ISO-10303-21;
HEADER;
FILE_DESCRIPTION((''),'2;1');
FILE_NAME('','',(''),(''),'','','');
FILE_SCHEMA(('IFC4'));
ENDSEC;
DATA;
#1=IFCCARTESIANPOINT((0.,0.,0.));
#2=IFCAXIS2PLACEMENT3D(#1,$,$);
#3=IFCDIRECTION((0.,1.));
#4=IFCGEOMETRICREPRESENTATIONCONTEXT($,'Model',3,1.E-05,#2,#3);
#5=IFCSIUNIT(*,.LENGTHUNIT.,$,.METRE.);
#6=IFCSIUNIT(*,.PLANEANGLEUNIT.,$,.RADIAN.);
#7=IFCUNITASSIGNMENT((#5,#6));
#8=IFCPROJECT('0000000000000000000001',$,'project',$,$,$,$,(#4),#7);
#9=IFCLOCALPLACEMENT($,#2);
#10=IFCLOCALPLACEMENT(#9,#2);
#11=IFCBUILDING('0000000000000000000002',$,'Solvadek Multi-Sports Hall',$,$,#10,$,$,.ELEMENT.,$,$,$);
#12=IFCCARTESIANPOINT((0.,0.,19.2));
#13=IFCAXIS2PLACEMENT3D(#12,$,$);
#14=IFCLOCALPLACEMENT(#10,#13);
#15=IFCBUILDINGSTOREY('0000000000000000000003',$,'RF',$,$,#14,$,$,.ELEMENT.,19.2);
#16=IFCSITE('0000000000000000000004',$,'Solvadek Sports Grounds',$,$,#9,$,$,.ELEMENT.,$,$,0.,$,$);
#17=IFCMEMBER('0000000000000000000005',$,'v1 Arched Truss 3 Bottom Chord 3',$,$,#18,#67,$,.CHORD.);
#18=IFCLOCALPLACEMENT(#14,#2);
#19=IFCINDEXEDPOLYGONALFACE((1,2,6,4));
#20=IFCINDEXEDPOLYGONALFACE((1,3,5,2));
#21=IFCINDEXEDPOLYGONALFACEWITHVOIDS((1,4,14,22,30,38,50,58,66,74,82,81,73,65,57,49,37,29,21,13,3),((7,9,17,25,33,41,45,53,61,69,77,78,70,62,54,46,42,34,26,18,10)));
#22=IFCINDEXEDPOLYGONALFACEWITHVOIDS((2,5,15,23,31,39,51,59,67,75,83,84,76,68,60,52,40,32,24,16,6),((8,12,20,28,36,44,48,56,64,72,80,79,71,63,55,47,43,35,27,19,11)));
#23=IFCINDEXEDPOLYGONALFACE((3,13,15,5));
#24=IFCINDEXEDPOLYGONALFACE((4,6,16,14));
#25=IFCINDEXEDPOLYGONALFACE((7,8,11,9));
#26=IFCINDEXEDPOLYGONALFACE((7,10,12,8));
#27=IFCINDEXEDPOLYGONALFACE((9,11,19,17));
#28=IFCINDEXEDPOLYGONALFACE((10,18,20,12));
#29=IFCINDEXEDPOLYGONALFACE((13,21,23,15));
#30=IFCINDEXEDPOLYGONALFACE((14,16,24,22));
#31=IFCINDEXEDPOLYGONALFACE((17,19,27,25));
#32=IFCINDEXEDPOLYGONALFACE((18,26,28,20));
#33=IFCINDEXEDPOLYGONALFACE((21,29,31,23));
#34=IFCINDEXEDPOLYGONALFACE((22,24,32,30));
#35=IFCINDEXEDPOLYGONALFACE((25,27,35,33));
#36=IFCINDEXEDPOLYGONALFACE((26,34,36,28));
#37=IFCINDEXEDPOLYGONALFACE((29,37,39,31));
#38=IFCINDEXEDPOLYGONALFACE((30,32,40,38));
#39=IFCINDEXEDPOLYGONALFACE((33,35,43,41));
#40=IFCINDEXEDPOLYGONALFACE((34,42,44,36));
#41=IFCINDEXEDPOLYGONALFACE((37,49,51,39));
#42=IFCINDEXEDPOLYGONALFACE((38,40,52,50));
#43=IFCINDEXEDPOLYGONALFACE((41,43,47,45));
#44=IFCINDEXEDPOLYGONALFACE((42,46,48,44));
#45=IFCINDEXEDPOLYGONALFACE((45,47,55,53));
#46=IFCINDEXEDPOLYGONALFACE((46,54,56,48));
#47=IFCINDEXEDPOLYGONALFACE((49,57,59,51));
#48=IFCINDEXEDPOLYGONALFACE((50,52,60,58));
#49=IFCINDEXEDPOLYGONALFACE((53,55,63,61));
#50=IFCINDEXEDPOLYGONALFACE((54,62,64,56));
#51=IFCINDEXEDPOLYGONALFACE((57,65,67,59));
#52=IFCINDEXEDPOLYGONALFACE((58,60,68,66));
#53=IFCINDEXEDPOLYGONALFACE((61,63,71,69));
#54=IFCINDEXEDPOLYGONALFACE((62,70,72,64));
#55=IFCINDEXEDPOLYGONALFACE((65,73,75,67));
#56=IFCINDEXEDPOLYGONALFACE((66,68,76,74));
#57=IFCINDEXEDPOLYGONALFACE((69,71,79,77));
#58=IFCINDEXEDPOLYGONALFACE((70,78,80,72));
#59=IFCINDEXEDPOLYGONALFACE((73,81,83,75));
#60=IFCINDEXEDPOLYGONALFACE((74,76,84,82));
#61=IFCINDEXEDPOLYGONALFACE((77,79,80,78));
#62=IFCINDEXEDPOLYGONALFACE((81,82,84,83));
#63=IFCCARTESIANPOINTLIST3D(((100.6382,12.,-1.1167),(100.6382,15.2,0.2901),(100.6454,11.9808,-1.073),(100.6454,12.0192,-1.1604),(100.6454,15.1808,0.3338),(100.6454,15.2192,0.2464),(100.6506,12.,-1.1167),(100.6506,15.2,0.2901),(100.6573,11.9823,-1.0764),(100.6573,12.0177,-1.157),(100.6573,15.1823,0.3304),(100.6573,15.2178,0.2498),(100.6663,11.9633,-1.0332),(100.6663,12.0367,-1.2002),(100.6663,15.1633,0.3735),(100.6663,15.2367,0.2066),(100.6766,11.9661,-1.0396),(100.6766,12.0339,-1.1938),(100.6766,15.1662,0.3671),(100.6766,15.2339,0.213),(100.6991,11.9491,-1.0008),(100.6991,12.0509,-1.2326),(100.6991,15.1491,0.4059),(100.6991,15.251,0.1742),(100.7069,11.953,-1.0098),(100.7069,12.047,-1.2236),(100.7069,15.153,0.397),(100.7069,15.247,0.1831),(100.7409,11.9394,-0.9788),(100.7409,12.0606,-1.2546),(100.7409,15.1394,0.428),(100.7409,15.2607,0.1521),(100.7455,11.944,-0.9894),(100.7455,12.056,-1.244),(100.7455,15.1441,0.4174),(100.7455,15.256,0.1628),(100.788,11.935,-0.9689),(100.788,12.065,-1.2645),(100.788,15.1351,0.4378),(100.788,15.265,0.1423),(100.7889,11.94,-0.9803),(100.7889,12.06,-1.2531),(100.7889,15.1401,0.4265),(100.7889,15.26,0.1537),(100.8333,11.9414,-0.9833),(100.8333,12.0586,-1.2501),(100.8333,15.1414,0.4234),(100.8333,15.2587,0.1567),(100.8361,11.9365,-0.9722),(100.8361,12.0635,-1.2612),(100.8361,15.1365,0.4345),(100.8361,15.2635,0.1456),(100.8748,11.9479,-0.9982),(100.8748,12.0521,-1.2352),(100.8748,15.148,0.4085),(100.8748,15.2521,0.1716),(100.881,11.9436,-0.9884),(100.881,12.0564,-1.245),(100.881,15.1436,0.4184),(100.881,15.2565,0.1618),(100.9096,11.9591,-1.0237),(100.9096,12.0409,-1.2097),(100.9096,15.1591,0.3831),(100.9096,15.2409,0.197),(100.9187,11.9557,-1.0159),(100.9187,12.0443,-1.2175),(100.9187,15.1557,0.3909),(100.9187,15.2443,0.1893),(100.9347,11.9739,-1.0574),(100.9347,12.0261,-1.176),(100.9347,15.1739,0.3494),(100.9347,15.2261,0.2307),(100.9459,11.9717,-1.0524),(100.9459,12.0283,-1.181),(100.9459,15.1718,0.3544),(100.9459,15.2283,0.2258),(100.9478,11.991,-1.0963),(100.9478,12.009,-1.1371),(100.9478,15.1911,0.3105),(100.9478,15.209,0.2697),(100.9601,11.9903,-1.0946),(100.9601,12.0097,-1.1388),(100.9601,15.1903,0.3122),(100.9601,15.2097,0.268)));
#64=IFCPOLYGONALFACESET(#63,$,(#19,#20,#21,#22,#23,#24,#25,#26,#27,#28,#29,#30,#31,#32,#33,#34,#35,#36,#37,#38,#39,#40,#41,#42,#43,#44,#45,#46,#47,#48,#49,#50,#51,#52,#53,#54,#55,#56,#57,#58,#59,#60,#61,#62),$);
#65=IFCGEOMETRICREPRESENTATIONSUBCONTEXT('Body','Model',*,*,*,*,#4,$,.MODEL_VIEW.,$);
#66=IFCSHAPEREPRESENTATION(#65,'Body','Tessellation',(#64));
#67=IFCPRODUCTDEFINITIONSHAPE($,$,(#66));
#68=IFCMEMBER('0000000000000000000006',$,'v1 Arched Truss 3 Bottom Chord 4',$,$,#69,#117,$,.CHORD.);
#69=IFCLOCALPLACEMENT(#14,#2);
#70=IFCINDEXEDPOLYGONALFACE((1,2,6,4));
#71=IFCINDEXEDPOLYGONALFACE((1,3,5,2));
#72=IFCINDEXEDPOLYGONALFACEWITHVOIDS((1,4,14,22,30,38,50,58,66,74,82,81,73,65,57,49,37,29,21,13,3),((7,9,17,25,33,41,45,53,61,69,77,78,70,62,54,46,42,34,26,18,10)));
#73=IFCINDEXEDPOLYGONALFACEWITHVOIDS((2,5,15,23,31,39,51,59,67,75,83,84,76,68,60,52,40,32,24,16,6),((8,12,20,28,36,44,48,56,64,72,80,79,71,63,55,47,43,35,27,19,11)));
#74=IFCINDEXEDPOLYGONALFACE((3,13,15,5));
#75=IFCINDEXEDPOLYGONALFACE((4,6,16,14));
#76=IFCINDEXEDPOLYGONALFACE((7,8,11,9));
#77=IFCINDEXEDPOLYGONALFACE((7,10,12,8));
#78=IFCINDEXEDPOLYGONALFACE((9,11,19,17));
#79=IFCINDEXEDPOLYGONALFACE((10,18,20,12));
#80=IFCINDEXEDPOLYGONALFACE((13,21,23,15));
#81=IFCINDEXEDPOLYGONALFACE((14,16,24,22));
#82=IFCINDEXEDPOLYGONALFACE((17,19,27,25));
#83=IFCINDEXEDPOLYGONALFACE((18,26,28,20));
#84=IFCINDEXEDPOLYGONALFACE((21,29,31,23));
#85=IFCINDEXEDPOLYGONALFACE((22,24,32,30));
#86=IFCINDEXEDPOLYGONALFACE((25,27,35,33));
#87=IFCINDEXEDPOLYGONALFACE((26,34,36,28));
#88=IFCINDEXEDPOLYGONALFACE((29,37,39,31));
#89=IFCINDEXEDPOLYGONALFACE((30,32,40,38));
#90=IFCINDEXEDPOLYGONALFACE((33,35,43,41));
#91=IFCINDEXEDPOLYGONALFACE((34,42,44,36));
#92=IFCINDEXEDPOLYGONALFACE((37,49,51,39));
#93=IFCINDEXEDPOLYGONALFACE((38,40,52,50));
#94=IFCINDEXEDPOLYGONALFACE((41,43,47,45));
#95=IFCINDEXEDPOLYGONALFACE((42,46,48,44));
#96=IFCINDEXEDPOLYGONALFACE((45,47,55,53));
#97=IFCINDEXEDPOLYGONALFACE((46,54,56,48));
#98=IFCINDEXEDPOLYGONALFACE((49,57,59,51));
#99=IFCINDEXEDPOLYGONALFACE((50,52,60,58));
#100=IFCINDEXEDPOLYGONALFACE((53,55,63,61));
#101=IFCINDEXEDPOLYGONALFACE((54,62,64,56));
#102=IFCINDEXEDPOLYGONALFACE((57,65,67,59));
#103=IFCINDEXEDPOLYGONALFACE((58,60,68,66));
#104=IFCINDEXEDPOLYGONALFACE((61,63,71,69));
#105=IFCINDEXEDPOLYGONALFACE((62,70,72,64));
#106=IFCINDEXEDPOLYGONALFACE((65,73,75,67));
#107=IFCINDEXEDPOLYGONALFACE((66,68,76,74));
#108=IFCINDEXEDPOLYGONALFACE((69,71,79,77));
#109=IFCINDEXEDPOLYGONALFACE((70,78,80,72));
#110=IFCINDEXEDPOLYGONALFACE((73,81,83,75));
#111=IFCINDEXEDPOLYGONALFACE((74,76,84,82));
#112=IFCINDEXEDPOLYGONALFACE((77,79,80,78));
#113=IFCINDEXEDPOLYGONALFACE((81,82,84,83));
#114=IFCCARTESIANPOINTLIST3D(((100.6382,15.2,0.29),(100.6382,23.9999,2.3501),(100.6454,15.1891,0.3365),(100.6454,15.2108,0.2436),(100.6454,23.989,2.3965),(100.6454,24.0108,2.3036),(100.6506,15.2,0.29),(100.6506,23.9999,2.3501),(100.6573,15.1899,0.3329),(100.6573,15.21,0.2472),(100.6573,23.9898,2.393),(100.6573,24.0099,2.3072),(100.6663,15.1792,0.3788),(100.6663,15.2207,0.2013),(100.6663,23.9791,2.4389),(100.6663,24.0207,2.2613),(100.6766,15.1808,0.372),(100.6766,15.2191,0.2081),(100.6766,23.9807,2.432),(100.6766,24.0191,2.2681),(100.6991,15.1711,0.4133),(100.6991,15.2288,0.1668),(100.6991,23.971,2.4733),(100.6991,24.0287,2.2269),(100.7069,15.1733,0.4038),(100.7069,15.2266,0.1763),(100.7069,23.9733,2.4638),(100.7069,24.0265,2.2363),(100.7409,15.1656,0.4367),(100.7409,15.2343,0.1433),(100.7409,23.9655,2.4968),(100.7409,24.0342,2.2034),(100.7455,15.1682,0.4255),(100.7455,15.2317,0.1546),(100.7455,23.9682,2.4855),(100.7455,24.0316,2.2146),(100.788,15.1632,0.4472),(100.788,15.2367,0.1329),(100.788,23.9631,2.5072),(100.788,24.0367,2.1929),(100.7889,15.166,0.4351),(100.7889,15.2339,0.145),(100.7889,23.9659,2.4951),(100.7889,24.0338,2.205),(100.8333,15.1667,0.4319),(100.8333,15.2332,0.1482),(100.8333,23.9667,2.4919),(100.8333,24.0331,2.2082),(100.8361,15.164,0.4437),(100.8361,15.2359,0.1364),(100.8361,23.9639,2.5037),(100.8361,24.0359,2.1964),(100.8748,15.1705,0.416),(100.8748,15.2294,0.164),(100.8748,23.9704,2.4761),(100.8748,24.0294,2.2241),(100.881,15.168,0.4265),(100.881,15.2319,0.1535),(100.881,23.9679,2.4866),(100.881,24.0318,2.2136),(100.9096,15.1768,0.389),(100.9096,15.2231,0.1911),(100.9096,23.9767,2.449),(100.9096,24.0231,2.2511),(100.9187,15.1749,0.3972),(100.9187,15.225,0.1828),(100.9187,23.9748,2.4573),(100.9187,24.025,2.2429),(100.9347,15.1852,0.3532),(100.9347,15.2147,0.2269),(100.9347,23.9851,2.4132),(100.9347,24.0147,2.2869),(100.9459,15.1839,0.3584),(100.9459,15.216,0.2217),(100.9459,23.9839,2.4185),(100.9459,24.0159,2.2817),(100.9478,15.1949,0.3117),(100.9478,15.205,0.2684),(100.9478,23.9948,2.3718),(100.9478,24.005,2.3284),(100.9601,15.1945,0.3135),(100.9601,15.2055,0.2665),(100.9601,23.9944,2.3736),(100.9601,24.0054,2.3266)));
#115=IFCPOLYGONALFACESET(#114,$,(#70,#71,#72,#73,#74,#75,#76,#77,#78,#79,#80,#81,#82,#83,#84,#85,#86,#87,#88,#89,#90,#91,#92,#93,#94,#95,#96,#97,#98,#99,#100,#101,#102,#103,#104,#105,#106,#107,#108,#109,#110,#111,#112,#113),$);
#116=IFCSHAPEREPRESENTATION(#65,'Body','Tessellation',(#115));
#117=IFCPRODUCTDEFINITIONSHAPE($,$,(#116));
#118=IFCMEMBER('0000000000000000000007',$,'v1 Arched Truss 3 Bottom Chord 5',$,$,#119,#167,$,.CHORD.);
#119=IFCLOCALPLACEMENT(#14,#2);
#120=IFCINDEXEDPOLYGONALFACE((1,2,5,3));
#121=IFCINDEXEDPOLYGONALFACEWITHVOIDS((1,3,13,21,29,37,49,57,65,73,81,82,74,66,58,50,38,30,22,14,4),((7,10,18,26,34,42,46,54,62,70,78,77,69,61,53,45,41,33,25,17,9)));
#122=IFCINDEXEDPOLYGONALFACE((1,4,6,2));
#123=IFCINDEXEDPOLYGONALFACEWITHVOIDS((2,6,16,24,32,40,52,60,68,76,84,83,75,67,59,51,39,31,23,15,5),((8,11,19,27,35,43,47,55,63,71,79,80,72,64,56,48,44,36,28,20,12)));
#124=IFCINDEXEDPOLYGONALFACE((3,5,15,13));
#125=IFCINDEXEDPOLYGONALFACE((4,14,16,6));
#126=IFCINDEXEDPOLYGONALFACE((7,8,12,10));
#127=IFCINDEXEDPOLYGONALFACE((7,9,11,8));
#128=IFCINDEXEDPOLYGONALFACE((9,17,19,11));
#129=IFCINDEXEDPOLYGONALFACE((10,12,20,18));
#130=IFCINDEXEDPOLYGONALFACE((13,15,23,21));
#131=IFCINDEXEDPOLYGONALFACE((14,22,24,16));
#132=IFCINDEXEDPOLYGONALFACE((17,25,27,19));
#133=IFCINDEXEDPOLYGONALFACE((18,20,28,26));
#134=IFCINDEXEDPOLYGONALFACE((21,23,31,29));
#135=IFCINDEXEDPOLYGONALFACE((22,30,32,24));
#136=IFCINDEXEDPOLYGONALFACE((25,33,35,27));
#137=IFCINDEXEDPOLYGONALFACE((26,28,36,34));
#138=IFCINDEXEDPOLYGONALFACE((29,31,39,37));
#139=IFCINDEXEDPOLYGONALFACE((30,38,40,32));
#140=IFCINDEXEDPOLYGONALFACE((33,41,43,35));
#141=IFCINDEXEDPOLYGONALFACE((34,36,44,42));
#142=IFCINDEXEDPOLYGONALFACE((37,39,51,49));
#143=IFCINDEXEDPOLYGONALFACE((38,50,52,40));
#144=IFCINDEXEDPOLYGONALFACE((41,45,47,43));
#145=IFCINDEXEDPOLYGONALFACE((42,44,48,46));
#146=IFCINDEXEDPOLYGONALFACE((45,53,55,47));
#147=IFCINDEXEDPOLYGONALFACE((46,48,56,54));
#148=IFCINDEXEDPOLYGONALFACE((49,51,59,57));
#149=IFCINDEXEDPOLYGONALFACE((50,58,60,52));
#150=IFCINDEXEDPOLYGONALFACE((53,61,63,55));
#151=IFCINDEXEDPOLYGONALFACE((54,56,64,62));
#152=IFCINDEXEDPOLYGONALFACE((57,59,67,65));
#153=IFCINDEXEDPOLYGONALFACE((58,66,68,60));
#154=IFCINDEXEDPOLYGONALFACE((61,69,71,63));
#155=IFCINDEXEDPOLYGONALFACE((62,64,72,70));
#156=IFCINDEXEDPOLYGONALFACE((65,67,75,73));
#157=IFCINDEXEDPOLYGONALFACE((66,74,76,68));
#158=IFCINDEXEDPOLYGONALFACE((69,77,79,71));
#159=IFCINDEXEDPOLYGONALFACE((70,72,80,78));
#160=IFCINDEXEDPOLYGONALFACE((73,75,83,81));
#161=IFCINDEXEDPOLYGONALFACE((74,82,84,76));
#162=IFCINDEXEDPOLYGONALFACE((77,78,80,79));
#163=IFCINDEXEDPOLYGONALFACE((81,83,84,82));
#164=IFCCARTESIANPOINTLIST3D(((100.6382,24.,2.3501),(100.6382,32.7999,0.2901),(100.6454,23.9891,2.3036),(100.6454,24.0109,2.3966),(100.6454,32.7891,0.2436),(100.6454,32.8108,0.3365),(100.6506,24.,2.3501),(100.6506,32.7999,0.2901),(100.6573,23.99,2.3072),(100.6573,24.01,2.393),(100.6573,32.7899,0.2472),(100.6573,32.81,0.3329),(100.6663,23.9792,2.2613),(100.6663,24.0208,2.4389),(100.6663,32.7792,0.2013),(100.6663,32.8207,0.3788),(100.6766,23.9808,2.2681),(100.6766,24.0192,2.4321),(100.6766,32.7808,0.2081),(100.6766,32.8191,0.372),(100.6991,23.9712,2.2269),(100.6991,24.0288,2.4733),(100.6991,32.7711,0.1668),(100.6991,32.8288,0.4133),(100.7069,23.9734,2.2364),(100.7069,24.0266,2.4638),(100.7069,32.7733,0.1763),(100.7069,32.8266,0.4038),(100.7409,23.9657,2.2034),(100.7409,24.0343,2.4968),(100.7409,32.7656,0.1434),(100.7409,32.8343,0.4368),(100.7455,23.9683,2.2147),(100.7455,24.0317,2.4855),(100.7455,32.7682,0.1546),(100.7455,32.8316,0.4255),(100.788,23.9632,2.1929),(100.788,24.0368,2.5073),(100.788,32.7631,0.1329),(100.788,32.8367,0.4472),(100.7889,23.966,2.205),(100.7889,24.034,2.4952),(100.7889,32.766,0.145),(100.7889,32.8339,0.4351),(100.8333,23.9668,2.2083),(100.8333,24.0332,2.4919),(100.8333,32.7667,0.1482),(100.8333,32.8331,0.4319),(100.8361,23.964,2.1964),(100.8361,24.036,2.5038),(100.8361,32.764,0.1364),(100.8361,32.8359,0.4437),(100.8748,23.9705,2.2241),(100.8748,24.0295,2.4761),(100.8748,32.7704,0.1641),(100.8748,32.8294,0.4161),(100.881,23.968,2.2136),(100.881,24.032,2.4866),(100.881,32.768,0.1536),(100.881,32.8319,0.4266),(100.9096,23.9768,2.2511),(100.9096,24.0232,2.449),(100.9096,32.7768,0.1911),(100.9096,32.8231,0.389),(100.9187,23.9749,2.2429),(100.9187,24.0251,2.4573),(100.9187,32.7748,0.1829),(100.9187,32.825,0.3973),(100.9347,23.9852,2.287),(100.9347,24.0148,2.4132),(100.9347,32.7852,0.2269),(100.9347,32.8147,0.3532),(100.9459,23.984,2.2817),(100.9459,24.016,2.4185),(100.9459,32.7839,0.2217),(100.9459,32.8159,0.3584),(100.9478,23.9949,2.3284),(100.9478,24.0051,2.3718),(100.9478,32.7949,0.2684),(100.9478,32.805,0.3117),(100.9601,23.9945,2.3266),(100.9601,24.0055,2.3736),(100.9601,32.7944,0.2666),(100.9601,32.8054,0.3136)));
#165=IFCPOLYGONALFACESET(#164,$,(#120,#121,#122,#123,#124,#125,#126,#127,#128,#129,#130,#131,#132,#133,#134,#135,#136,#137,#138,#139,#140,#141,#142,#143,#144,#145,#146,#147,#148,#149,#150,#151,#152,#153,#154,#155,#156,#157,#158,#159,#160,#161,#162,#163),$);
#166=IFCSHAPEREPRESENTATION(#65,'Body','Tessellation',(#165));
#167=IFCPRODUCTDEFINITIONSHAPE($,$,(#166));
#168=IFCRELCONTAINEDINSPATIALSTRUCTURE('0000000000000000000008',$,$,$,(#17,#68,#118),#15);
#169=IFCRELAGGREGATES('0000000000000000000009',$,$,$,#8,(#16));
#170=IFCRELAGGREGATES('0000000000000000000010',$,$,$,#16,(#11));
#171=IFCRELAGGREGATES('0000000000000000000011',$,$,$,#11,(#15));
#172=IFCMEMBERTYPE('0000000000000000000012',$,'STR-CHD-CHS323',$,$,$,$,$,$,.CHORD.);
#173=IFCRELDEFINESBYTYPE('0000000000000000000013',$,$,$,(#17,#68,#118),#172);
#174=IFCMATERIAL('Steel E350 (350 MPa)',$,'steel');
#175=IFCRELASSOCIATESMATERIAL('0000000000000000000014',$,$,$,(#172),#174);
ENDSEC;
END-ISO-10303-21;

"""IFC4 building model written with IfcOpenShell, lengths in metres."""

from ifc_helpers import new_model, si_unit, direction, frame, origin, origin_2d, place, context, subcontext, project, spatial, hollow_circle, extrude, material, material_profile, profile_set, type_object, element, save


model = new_model("IFC4")

# Units and contexts
model_context = context("Model", 3, precision=1e-05, world=origin(), true_north=direction((0.0, 1.0)))
body_context = subcontext(model_context, "Body", "Model", "MODEL_VIEW")
ifc_project = project(units=[si_unit("LENGTHUNIT", "METRE"), si_unit("PLANEANGLEUNIT", "RADIAN")], contexts=[model_context])

# Site, building, storey
site_placement = place(None, origin())
site = spatial("IfcSite", under=ifc_project, at=site_placement, Name="Solvadek Sports Grounds", CompositionType="ELEMENT", RefElevation=0.0)
building_placement = place(site_placement, origin())
building = spatial("IfcBuilding", under=site, at=building_placement, Name="Solvadek Multi-Sports Hall", CompositionType="ELEMENT")
storey_placement = place(building_placement, frame((0.0, 0.0, 19.2)))
storey = spatial("IfcBuildingStorey", under=building, at=storey_placement, Name="RF", CompositionType="ELEMENT", Elevation=19.2)

# Members
ifc_material_1 = material(Name="Steel E350 (350 MPa)", Category="steel")
ifc_material_profile_1 = material_profile(ifc_material_1, hollow_circle(Radius=0.1619, WallThickness=0.0125, at=origin_2d()), Name="CHS 323.9x12.5")
ifc_profile_set_1 = profile_set([ifc_material_profile_1], Name="Steel E350 (350 MPa)")
member_type_1 = type_object("IfcMemberType", Name="STR-CHD-CHS323", PredefinedType="CHORD", material=ifc_profile_set_1)
member_1_placement = place(storey_placement, frame((100.8, 12.0, -1.1167), z_axis=(0.0, 0.915446, 0.402441), x_axis=(-1.0, 0.0, 0.0)))
element("IfcMember", 1, at=member_1_placement, inside=storey, type_object=member_type_1, Name="v1 Arched Truss 3 Bottom Chord 3", PredefinedType="CHORD", context=body_context, shape_type="SweptSolid", body=[
    extrude(hollow_circle(Radius=0.1619, WallThickness=0.0125, at=origin_2d()), origin(), (0.0, 0.0, 1.0), 3.4956),
])
for number, where, z_axis, x_axis, name in (
    (2, (100.8, 15.2, 0.29), (0.0, 0.973677, 0.227934), (-1.0, 0.0, 0.0), "v1 Arched Truss 3 Bottom Chord 4"),
    (3, (100.8, 24.0, 2.3501), (0.0, 0.973677, -0.227934), (-1.0, 0.0, 0.0), "v1 Arched Truss 3 Bottom Chord 5"),
):
    element("IfcMember", number, at=place(storey_placement, frame(where, z_axis=z_axis, x_axis=x_axis)), inside=storey, type_object=member_type_1, Name=name, PredefinedType="CHORD", context=body_context, shape_type="SweptSolid", body=[
        extrude(hollow_circle(Radius=0.1619, WallThickness=0.0125, at=origin_2d()), origin(), (0.0, 0.0, 1.0), 9.0378),
    ])

save(model, "model.ifc")
